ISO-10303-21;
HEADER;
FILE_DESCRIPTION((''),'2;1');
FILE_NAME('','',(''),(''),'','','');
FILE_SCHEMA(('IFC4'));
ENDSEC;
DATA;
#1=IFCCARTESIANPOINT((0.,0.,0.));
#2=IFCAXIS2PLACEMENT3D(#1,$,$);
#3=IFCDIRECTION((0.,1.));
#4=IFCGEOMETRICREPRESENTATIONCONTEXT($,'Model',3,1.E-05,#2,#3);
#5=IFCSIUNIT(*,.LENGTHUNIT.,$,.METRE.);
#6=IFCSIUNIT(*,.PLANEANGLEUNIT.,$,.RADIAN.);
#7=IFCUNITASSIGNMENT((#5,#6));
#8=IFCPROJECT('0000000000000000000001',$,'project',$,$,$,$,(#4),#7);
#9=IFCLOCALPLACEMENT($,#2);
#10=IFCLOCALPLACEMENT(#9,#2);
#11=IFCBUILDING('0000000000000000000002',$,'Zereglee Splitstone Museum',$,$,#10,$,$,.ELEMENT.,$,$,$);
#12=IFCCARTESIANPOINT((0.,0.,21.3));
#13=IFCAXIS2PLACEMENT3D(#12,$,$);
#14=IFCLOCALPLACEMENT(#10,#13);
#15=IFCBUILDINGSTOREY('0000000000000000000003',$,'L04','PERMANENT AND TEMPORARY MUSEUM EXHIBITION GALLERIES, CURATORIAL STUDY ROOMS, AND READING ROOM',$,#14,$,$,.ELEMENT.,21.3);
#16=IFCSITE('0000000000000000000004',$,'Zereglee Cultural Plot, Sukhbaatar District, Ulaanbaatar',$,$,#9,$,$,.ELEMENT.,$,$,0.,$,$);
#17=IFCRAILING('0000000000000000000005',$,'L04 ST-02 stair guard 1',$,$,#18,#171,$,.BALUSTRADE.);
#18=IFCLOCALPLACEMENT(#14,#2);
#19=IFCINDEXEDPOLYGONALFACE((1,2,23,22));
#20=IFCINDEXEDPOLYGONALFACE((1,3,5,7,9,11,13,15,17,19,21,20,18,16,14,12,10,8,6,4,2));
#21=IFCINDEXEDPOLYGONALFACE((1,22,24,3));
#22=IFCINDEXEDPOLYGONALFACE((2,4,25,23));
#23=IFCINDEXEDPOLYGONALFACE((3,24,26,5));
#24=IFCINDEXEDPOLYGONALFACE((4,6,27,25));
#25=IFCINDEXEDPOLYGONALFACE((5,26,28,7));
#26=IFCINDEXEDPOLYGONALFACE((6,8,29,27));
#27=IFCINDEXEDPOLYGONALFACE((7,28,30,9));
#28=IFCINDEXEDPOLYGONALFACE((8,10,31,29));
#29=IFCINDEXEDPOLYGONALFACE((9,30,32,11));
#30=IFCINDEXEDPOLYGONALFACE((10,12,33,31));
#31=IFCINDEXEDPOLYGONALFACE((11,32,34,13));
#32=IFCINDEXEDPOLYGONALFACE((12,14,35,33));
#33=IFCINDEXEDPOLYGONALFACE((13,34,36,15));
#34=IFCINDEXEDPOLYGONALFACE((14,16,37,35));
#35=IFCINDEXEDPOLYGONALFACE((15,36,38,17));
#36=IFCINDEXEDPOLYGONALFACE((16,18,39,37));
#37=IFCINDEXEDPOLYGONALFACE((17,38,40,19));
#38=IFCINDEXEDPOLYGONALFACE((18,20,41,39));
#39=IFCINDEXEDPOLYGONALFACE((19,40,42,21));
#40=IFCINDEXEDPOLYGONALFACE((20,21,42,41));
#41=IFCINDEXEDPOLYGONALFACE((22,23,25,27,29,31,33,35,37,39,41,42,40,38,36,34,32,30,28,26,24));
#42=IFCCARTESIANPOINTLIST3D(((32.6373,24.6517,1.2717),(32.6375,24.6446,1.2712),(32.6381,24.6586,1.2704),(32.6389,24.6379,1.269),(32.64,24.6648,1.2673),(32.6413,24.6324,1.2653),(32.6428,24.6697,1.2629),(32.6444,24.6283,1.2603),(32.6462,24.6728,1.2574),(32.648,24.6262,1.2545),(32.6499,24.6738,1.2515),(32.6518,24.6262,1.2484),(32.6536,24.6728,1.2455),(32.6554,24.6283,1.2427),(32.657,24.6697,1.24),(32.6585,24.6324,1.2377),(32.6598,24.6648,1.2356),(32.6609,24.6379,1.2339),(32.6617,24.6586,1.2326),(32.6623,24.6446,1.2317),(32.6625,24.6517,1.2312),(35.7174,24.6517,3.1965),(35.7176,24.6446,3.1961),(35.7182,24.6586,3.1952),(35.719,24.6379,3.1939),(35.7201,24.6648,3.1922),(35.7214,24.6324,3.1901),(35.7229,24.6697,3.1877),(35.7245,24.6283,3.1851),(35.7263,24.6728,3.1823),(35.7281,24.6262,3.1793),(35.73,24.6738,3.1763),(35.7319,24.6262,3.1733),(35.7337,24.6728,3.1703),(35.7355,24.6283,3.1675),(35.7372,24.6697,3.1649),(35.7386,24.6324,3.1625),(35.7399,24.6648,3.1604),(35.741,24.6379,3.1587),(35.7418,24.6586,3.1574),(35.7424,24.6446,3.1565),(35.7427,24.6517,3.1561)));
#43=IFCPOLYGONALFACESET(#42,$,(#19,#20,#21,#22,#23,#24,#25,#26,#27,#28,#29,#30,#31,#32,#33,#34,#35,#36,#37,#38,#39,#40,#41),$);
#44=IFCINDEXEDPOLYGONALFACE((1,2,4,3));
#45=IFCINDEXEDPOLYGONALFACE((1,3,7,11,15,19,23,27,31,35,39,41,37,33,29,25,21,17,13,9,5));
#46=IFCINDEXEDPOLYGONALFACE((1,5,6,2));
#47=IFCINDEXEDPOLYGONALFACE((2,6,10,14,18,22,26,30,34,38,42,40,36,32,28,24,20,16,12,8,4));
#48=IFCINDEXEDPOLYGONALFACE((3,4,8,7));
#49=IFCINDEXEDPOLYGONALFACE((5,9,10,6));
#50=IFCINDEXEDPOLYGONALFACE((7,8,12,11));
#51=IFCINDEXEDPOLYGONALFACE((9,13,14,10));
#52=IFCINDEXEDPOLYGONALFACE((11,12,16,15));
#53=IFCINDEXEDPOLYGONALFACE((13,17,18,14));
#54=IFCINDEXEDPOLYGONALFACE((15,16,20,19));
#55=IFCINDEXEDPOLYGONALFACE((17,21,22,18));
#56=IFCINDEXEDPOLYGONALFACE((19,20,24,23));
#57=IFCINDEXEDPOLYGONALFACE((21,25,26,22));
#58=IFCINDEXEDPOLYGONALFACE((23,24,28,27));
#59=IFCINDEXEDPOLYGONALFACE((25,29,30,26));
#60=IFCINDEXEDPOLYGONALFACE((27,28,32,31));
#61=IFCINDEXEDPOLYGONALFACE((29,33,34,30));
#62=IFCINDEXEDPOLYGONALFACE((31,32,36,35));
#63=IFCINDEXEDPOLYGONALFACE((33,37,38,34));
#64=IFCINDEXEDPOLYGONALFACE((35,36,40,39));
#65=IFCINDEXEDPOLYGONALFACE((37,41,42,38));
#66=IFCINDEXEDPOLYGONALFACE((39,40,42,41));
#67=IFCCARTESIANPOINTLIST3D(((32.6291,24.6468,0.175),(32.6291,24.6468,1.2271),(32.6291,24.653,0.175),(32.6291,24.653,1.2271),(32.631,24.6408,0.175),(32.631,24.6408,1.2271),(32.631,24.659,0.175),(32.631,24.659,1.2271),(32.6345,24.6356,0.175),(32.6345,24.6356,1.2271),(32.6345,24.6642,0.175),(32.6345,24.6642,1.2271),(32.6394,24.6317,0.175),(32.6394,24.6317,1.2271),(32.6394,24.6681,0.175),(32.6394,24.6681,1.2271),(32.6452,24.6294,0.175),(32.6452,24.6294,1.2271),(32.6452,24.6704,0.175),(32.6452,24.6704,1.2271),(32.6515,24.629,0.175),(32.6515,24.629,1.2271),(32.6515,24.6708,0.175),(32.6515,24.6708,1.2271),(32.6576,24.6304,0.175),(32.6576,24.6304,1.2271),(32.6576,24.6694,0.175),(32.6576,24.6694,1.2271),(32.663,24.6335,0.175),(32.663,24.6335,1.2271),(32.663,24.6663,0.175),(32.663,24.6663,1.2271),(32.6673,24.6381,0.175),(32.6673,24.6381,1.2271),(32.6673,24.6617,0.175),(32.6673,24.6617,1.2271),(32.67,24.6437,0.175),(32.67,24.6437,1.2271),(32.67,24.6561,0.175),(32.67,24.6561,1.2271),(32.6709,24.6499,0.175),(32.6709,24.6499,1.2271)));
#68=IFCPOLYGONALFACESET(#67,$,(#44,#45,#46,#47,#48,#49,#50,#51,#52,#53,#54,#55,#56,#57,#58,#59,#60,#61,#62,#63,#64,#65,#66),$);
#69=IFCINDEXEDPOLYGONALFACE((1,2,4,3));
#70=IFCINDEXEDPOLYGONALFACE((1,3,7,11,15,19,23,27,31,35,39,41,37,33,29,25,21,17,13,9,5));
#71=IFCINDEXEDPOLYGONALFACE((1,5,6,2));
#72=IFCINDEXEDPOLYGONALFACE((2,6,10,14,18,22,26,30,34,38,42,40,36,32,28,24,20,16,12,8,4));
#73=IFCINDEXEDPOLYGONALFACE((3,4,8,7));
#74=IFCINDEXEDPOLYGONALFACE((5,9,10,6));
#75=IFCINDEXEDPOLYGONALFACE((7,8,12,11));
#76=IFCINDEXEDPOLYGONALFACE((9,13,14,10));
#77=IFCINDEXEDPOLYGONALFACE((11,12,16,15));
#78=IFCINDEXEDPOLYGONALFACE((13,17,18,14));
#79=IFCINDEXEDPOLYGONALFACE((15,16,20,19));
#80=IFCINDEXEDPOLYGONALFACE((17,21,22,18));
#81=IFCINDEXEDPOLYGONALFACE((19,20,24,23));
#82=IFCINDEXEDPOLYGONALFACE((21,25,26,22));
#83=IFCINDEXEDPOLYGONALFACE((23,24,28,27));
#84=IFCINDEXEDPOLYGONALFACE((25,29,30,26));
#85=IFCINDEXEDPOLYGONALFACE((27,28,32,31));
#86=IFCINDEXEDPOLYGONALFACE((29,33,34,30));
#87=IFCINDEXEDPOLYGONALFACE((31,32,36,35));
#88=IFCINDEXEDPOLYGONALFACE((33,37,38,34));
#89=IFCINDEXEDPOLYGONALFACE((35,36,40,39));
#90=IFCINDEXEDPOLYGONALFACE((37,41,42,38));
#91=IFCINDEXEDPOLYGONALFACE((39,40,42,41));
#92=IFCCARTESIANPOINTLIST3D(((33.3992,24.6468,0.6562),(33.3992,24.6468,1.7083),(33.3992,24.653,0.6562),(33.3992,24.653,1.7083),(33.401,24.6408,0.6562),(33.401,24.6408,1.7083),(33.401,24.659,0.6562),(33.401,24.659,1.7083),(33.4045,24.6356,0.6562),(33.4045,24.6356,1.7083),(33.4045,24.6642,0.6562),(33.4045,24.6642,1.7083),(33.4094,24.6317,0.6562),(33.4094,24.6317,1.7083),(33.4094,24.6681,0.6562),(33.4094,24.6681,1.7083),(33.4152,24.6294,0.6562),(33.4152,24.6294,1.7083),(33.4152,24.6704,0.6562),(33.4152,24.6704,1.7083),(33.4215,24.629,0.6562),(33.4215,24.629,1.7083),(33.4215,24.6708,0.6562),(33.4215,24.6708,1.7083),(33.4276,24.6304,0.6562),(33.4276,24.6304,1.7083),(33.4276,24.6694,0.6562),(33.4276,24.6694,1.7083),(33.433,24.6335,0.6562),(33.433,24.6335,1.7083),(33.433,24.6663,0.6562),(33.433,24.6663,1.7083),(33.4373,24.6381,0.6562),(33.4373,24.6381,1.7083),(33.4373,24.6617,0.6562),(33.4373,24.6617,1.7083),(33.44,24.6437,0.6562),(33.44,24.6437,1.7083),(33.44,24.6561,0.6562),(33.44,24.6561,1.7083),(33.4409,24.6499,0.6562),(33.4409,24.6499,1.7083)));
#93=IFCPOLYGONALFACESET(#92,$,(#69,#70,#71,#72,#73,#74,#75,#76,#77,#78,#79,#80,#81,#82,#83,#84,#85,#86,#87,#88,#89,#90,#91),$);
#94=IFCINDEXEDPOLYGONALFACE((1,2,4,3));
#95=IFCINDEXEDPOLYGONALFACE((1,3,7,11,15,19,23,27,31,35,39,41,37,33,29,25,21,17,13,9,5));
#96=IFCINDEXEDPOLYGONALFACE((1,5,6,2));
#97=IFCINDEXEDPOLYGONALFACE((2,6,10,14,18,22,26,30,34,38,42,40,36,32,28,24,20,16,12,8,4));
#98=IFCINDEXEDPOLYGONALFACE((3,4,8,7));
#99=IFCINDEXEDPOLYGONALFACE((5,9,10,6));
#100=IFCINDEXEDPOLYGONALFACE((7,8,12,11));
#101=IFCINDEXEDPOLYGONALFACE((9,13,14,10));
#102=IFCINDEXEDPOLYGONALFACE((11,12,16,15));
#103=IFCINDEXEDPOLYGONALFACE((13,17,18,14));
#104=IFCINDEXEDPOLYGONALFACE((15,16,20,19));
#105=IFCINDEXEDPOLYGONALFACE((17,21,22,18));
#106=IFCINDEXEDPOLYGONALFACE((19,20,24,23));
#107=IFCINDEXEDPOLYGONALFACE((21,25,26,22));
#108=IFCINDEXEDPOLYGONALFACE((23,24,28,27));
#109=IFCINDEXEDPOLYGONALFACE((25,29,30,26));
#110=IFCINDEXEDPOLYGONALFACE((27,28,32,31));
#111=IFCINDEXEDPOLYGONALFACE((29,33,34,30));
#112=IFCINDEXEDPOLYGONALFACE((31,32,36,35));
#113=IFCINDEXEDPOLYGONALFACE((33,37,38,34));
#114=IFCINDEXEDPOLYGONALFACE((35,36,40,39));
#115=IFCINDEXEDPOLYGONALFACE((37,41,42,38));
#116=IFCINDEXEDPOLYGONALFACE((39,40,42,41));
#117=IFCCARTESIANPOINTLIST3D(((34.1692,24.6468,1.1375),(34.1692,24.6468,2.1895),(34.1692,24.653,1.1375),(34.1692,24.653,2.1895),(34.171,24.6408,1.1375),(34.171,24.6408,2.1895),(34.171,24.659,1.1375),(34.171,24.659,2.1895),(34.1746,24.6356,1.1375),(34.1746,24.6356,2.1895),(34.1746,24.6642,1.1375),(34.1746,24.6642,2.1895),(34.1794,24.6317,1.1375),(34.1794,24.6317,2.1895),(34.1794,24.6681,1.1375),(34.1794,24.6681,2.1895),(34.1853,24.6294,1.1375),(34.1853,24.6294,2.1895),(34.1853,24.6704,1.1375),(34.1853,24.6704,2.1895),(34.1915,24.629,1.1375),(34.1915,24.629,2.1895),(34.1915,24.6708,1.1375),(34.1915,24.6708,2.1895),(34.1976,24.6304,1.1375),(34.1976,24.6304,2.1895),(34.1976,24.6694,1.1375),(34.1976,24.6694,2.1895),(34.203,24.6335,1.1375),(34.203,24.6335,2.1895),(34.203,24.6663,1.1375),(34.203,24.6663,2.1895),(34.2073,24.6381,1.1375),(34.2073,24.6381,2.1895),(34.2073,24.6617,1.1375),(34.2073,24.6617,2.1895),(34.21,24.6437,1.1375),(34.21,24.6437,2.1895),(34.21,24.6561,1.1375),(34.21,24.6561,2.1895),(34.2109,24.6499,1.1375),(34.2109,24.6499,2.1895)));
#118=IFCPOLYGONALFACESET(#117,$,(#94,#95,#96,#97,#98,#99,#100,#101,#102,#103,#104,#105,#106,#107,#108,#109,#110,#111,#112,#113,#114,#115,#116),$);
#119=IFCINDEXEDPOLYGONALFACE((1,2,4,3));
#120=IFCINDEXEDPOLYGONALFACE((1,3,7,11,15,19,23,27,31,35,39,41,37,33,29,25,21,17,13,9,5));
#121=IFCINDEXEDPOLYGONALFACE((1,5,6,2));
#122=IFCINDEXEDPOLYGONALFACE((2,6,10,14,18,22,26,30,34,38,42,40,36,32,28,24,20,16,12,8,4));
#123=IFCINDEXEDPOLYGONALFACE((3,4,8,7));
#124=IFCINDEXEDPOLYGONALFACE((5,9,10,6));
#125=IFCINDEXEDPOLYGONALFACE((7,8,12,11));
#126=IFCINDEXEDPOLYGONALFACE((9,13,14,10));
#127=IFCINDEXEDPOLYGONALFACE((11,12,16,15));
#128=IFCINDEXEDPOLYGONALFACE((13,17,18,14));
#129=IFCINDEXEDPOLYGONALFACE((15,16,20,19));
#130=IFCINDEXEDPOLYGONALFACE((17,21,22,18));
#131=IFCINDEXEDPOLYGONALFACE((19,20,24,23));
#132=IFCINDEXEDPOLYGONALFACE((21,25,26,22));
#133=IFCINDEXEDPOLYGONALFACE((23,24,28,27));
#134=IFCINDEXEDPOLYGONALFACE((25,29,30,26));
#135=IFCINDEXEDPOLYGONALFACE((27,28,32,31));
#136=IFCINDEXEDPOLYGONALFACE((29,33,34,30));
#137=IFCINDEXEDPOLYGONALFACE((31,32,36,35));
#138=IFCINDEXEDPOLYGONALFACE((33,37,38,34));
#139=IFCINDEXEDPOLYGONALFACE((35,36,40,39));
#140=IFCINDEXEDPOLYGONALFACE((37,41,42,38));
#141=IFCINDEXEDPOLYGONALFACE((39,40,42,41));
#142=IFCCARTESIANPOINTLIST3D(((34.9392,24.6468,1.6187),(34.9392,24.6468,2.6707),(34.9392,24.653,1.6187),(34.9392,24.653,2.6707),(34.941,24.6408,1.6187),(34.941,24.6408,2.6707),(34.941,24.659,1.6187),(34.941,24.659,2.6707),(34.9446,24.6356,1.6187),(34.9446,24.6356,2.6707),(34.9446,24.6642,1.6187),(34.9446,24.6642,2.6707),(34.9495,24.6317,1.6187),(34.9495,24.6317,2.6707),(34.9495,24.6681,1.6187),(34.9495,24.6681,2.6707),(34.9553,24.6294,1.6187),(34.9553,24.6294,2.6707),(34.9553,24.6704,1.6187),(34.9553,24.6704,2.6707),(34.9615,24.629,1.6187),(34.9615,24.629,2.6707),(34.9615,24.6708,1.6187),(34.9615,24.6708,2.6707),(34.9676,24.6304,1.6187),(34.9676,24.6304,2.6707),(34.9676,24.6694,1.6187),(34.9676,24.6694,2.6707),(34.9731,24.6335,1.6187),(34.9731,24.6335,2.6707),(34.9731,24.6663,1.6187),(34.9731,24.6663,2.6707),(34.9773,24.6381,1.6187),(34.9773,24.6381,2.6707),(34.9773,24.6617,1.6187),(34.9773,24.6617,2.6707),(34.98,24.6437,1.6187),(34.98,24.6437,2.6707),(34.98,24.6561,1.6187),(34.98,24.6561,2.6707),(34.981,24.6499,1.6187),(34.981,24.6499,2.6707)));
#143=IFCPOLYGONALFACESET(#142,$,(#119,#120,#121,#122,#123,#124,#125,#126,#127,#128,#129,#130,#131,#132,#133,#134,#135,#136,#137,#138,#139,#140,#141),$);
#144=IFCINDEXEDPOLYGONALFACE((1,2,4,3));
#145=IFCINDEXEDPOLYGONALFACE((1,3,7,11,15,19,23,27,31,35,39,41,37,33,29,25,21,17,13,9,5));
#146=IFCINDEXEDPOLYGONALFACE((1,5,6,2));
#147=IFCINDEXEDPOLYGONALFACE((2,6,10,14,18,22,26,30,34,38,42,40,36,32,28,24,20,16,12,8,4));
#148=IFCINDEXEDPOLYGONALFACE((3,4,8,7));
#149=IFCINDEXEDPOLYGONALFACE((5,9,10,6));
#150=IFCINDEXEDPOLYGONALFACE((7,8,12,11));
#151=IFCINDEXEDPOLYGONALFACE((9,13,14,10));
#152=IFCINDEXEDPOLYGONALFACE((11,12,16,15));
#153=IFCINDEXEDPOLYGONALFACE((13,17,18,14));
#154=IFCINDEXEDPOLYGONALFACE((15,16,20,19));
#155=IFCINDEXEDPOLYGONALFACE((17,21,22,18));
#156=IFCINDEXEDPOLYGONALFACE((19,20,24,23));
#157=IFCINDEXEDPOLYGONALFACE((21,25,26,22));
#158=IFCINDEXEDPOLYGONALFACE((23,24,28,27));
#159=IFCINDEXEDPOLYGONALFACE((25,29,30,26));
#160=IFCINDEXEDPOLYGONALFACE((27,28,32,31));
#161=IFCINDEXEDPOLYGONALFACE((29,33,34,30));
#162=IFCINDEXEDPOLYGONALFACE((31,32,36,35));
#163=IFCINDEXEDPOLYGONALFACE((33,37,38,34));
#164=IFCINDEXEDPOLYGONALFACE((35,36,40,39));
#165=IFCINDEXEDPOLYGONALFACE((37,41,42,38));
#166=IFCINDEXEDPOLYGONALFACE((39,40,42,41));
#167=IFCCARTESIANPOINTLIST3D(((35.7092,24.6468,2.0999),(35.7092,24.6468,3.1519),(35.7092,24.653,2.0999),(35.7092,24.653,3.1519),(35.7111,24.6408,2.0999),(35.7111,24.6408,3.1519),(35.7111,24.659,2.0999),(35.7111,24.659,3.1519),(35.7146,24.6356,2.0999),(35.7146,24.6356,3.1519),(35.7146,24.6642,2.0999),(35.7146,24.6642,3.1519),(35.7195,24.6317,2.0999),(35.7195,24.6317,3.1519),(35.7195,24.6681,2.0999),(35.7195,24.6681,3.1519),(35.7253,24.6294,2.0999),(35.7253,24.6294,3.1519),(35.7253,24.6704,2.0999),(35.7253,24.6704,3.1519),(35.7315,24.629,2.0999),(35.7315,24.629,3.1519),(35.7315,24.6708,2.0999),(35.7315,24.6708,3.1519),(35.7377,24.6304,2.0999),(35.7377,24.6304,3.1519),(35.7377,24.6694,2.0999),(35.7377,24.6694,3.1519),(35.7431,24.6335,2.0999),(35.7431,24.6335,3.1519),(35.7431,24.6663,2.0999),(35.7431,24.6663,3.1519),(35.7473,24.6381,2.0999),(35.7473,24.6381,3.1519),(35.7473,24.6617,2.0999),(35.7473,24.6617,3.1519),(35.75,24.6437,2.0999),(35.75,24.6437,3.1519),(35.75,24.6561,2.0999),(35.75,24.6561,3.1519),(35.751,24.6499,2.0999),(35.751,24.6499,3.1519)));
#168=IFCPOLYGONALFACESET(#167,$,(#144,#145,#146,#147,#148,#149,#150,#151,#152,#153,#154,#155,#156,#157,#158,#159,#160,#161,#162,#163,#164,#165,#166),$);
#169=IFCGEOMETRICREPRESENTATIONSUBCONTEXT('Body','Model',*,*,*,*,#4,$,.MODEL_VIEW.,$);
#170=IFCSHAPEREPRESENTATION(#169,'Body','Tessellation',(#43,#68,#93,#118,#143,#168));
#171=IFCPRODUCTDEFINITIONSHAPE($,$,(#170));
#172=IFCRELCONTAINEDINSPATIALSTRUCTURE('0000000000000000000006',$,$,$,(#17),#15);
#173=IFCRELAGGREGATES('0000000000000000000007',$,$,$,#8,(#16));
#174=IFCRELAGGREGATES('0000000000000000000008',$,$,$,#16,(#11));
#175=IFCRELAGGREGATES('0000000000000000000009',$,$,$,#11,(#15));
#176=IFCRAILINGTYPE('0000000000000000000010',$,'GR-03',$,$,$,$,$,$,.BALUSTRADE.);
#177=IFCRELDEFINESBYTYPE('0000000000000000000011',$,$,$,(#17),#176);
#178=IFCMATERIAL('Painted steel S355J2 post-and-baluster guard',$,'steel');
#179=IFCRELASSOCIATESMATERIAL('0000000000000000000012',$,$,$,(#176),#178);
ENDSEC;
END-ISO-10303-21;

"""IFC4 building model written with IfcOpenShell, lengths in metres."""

from ifc_helpers import new_model, si_unit, direction, frame, origin, origin_2d, place, context, subcontext, project, spatial, circle, extrude, material, type_object, element, save


model = new_model("IFC4")

# Units and contexts
model_context = context("Model", 3, precision=1e-05, world=origin(), true_north=direction((0.0, 1.0)))
body_context = subcontext(model_context, "Body", "Model", "MODEL_VIEW")
ifc_project = project(units=[si_unit("LENGTHUNIT", "METRE"), si_unit("PLANEANGLEUNIT", "RADIAN")], contexts=[model_context])

# Site, building, storey
site_placement = place(None, origin())
site = spatial("IfcSite", under=ifc_project, at=site_placement, Name="Zereglee Cultural Plot, Sukhbaatar District, Ulaanbaatar", CompositionType="ELEMENT", RefElevation=0.0)
building_placement = place(site_placement, origin())
building = spatial("IfcBuilding", under=site, at=building_placement, Name="Zereglee Splitstone Museum", CompositionType="ELEMENT")
storey_placement = place(building_placement, frame((0.0, 0.0, 21.3)))
storey = spatial("IfcBuildingStorey", under=building, at=storey_placement, Name="L04", Description="PERMANENT AND TEMPORARY MUSEUM EXHIBITION GALLERIES, CURATORIAL STUDY ROOMS, AND READING ROOM", CompositionType="ELEMENT", Elevation=21.3)

# Railing
ifc_material_1 = material(Name="Painted steel S355J2 post-and-baluster guard", Category="steel")
railing_type_1 = type_object("IfcRailingType", Name="GR-03", PredefinedType="BALUSTRADE", material=ifc_material_1)
railing_1_placement = place(storey_placement, frame((32.6499, 24.6499, 0.175)))
element("IfcRailing", 1, at=railing_1_placement, inside=storey, type_object=railing_type_1, Name="L04 ST-02 stair guard 1", PredefinedType="BALUSTRADE", context=body_context, shape_type="SweptSolid", body=[
    extrude(circle(Radius=0.0239, at=origin_2d()), frame((0.0, 0.0, 1.0764), z_axis=(0.848029, 0.0, 0.529951), x_axis=(0.0, 1.0, 0.0)), (0.0, 0.0, 1.0), 3.6321),
    extrude(circle(Radius=0.021, at=origin_2d()), origin(), (0.0, 0.0, 1.0), 1.052),
    extrude(circle(Radius=0.021, at=origin_2d()), frame((0.77, 0.0, 0.4812)), (0.0, 0.0, 1.0), 1.052),
    extrude(circle(Radius=0.021, at=origin_2d()), frame((1.54, 0.0, 0.9624)), (0.0, 0.0, 1.0), 1.052),
    extrude(circle(Radius=0.021, at=origin_2d()), frame((2.3101, 0.0, 1.4436)), (0.0, 0.0, 1.0), 1.052),
    extrude(circle(Radius=0.021, at=origin_2d()), frame((3.0801, 0.0, 1.9248)), (0.0, 0.0, 1.0), 1.052),
])

save(model, "model.ifc")
